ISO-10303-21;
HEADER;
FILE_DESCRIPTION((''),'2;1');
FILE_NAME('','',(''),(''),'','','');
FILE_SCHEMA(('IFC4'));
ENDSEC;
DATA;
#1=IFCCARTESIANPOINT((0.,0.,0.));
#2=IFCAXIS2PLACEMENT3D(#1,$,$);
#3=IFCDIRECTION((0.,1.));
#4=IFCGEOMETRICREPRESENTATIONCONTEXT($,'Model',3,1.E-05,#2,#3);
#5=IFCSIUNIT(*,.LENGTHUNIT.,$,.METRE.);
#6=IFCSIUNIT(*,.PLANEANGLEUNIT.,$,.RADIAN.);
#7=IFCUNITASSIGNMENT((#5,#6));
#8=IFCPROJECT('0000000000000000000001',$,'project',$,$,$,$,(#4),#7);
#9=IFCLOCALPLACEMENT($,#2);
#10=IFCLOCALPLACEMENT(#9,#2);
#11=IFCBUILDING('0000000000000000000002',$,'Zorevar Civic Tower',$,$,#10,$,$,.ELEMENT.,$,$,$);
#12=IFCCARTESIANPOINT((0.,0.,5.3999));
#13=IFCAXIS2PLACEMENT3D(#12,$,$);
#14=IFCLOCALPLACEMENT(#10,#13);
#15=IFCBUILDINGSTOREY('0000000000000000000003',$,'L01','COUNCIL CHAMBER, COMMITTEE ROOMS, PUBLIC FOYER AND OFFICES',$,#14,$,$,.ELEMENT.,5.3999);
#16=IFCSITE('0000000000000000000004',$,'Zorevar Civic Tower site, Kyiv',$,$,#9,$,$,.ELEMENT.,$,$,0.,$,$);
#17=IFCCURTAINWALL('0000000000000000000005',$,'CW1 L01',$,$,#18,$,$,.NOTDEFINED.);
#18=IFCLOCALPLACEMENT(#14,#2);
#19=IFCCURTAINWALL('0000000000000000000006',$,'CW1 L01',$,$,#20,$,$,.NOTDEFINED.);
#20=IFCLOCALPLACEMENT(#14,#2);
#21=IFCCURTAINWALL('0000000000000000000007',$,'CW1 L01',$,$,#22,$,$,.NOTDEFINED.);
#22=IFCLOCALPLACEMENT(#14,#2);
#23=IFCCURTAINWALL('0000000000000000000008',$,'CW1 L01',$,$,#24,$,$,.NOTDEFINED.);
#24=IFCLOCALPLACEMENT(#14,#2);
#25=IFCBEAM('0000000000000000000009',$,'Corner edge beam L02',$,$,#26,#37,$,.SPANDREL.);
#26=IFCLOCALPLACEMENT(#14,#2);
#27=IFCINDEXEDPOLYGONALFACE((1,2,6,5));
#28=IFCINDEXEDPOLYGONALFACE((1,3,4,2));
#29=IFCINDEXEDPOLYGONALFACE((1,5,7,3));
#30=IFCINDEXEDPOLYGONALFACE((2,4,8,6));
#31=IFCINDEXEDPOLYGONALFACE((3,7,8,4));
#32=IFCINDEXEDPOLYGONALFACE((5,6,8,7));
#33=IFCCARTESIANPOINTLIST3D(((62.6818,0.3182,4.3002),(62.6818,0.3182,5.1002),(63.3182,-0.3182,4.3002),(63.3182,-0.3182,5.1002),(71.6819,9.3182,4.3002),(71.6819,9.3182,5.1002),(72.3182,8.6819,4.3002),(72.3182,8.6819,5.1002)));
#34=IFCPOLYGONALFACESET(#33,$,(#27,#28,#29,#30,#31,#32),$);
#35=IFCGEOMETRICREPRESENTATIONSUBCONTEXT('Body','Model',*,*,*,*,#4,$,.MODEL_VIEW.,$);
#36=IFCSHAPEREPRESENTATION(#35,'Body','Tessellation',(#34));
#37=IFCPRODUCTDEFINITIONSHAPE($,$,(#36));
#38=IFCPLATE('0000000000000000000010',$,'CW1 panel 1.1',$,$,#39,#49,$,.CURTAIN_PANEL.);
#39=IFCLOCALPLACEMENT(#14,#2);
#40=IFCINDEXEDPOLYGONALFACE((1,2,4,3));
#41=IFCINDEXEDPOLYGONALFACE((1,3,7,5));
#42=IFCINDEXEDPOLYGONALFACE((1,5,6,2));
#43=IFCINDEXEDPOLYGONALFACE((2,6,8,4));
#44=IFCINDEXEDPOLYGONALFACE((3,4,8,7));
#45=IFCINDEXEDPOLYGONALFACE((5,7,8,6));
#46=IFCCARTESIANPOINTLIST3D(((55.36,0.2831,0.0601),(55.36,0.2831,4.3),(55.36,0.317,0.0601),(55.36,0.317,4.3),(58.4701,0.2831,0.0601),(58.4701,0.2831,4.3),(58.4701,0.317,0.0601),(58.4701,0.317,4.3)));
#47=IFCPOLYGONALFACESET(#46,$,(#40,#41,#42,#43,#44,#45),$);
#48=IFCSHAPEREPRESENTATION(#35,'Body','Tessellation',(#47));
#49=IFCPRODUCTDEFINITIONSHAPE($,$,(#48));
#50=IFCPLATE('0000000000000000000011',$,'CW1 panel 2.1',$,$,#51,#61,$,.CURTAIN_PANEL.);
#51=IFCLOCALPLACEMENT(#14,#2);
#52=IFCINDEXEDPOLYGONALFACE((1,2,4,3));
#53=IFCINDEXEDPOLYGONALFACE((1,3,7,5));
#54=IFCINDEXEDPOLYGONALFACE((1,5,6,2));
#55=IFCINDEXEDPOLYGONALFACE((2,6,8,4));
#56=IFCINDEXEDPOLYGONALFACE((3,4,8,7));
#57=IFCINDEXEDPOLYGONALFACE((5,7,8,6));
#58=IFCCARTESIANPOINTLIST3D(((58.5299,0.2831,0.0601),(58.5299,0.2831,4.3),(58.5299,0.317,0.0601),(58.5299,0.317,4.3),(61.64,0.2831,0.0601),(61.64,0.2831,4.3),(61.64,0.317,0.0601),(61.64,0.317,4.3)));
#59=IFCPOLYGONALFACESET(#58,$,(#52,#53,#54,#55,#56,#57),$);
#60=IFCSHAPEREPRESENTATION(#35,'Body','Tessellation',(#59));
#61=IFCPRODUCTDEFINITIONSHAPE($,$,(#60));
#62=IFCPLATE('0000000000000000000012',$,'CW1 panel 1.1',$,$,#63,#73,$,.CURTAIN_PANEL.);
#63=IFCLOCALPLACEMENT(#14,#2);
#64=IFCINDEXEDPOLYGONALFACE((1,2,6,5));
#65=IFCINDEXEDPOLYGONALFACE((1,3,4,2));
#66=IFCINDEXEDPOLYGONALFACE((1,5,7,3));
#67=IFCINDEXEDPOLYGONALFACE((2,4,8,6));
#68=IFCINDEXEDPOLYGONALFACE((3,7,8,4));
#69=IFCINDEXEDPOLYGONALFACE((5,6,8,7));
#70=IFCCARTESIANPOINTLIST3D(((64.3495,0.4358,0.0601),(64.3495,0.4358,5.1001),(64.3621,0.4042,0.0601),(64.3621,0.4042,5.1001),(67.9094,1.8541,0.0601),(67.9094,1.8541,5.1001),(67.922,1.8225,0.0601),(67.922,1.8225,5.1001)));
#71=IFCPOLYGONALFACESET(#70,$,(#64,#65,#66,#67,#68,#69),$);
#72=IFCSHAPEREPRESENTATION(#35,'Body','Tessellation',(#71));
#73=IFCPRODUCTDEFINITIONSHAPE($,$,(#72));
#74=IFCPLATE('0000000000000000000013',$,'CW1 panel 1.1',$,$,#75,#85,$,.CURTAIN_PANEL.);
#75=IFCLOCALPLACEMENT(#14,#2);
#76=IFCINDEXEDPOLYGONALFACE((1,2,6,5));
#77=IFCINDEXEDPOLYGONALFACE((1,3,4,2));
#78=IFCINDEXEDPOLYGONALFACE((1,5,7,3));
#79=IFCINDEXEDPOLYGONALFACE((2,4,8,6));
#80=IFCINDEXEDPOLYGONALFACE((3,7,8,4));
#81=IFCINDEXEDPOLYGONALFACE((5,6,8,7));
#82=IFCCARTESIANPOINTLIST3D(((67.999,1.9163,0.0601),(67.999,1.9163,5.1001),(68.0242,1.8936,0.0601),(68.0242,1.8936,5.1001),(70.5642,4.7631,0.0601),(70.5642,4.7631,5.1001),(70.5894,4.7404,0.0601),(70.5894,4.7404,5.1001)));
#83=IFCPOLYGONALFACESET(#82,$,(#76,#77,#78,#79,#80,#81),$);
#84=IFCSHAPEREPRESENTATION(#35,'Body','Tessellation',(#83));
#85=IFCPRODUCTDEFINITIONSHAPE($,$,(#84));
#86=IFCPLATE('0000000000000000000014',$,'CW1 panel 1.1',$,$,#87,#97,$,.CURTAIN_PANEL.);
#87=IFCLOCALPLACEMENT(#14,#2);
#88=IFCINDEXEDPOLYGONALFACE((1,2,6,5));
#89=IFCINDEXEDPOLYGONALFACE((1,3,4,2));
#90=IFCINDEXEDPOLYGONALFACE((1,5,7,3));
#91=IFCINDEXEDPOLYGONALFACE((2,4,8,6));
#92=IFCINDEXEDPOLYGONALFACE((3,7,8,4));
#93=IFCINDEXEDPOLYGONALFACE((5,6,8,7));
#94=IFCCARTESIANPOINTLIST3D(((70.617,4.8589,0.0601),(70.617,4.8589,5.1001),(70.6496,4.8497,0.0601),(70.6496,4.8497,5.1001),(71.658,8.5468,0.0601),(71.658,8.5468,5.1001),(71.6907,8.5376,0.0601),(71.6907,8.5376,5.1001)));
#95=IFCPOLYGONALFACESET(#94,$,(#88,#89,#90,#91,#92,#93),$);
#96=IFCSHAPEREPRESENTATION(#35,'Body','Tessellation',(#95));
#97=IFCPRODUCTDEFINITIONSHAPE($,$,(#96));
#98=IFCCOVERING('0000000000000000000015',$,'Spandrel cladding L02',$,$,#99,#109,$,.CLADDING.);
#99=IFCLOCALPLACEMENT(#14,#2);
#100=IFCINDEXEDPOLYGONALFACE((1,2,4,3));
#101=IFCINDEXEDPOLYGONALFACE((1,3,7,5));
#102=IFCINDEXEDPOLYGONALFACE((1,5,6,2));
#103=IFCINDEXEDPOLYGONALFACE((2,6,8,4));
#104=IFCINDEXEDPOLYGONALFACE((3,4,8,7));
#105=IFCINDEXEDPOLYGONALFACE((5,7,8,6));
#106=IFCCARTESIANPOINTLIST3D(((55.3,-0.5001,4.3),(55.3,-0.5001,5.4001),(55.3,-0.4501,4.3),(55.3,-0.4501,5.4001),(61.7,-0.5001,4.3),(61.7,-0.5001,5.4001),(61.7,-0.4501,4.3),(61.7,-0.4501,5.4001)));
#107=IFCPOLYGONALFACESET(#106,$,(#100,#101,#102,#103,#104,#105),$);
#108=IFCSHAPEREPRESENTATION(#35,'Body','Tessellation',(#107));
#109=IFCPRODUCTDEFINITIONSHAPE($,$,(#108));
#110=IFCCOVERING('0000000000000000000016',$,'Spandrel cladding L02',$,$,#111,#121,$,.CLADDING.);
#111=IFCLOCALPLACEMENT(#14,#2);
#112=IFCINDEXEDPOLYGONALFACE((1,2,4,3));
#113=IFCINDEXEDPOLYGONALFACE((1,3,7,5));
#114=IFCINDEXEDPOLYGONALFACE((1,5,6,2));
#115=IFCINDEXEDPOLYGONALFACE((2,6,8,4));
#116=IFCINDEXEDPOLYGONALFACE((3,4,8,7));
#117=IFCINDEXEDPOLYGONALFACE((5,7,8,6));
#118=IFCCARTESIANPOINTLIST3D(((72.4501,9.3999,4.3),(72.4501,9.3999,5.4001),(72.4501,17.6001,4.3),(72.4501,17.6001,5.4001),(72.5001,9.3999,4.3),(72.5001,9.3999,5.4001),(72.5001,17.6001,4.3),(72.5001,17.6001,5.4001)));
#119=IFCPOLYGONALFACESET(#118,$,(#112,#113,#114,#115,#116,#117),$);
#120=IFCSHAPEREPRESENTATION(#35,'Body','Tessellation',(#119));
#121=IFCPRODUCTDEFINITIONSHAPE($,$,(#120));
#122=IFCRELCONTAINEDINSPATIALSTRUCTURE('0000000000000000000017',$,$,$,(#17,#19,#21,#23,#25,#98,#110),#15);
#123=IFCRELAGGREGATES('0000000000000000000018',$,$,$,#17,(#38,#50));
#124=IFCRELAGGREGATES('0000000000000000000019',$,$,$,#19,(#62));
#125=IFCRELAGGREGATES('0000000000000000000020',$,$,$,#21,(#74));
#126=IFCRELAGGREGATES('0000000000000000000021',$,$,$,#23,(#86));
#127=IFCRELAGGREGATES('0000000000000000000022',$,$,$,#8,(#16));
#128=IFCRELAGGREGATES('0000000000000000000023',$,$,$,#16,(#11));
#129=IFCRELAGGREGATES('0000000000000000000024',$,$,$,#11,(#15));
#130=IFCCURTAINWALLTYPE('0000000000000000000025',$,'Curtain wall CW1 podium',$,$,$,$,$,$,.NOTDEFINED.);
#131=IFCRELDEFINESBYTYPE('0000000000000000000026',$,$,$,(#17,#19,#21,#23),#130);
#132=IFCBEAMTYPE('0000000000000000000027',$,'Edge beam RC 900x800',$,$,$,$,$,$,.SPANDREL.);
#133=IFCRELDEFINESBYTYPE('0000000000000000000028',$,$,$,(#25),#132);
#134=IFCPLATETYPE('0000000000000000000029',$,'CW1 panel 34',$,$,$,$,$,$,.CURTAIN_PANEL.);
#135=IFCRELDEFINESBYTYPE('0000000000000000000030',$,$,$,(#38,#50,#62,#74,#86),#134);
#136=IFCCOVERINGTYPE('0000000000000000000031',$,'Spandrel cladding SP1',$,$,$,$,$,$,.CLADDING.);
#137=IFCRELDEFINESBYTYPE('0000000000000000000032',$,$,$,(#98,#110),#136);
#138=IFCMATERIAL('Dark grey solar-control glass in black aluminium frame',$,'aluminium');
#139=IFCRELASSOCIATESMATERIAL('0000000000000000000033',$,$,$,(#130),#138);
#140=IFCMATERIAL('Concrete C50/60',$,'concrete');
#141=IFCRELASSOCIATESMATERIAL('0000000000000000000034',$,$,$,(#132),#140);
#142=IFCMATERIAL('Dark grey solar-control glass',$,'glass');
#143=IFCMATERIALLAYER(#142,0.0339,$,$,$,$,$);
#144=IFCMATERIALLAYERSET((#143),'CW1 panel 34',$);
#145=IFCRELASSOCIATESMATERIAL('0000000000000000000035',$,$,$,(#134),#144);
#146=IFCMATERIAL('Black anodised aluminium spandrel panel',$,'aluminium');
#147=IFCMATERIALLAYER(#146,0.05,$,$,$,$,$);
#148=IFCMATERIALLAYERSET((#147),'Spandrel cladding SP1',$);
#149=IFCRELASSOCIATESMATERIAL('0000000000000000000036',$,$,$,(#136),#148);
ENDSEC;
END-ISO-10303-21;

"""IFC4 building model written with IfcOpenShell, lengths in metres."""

from ifc_helpers import new_model, si_unit, direction, frame, frame_2d, origin, origin_2d, place, context, subcontext, project, spatial, rectangle, extrude, material, layer, layer_set, material_profile, profile_set, type_object, element, aggregate, save


model = new_model("IFC4")

# Units and contexts
model_context = context("Model", 3, precision=1e-05, world=origin(), true_north=direction((0.0, 1.0)))
body_context = subcontext(model_context, "Body", "Model", "MODEL_VIEW")
ifc_project = project(units=[si_unit("LENGTHUNIT", "METRE"), si_unit("PLANEANGLEUNIT", "RADIAN")], contexts=[model_context])

# Site, building, storey
site_placement = place(None, origin())
site = spatial("IfcSite", under=ifc_project, at=site_placement, Name="Zorevar Civic Tower site, Kyiv", CompositionType="ELEMENT", RefElevation=0.0)
building_placement = place(site_placement, origin())
building = spatial("IfcBuilding", under=site, at=building_placement, Name="Zorevar Civic Tower", CompositionType="ELEMENT")
storey_placement = place(building_placement, frame((0.0, 0.0, 5.3999)))
storey = spatial("IfcBuildingStorey", under=building, at=storey_placement, Name="L01", Description="COUNCIL CHAMBER, COMMITTEE ROOMS, PUBLIC FOYER AND OFFICES", CompositionType="ELEMENT", Elevation=5.3999)

# Curtain wall
ifc_material_1 = material(Name="Dark grey solar-control glass in black aluminium frame", Category="aluminium")
curtain_wall_type = type_object("IfcCurtainWallType", Name="Curtain wall CW1 podium", PredefinedType="NOTDEFINED", material=ifc_material_1)
curtain_wall_1_placement = place(storey_placement, origin())
curtain_wall_1 = element("IfcCurtainWall", 1, at=curtain_wall_1_placement, inside=storey, type_object=curtain_wall_type, Name="CW1 L01", PredefinedType="NOTDEFINED")

# Curtain walls
curtain_wall_2_placement = place(storey_placement, origin())
curtain_wall_2 = element("IfcCurtainWall", 2, at=curtain_wall_2_placement, inside=storey, type_object=curtain_wall_type, Name="CW1 L01", PredefinedType="NOTDEFINED")
curtain_wall_3_placement = place(storey_placement, origin())
curtain_wall_3 = element("IfcCurtainWall", 3, at=curtain_wall_3_placement, inside=storey, type_object=curtain_wall_type, Name="CW1 L01", PredefinedType="NOTDEFINED")
curtain_wall_4_placement = place(storey_placement, origin())
curtain_wall_4 = element("IfcCurtainWall", 4, at=curtain_wall_4_placement, inside=storey, type_object=curtain_wall_type, Name="CW1 L01", PredefinedType="NOTDEFINED")

# Beam
ifc_material_2 = material(Name="Concrete C50/60", Category="concrete")
ifc_material_profile_1 = material_profile(ifc_material_2, rectangle(XDim=0.8999, YDim=0.8, at=origin_2d()), Name="RC 900x800")
ifc_profile_set_1 = profile_set([ifc_material_profile_1], Name="Concrete C50/60")
beam_type_1 = type_object("IfcBeamType", Name="Edge beam RC 900x800", PredefinedType="SPANDREL", material=ifc_profile_set_1)
beam_1_placement = place(storey_placement, frame((63.0, 0.0, 4.7002), z_axis=(0.707107, 0.707107, 0.0), x_axis=(-0.707107, 0.707107, 0.0)))
element("IfcBeam", 5, at=beam_1_placement, inside=storey, type_object=beam_type_1, Name="Corner edge beam L02", PredefinedType="SPANDREL", context=body_context, shape_type="SweptSolid", body=[
    extrude(rectangle(XDim=0.8999, YDim=0.8, at=origin_2d()), origin(), (0.0, 0.0, 1.0), 12.728),
])

# Plates
ifc_material_3 = material(Name="Dark grey solar-control glass", Category="glass")
ifc_layer_1 = layer(ifc_material_3, 0.0339)
ifc_layer_set_1 = layer_set([ifc_layer_1], Name="CW1 panel 34")
plate_type = type_object("IfcPlateType", Name="CW1 panel 34", PredefinedType="CURTAIN_PANEL", material=ifc_layer_set_1)
plate_1_placement = place(storey_placement, frame((56.915, 0.3, 0.0601), z_axis=(0.0, 0.0, 1.0), x_axis=(1.0, 0.0, 0.0)))
plate_1 = element("IfcPlate", 6, at=plate_1_placement, type_object=plate_type, Name="CW1 panel 1.1", PredefinedType="CURTAIN_PANEL", context=body_context, shape_type="SweptSolid", body=[
    extrude(rectangle(XDim=3.1101, YDim=0.0339, at=origin_2d()), origin(), (0.0, 0.0, 1.0), 4.24),
])
plate_2_placement = place(storey_placement, frame((60.085, 0.3, 0.0601), z_axis=(0.0, 0.0, 1.0), x_axis=(1.0, 0.0, 0.0)))
plate_2 = element("IfcPlate", 7, at=plate_2_placement, type_object=plate_type, Name="CW1 panel 2.1", PredefinedType="CURTAIN_PANEL", context=body_context, shape_type="SweptSolid", body=[
    extrude(rectangle(XDim=3.1101, YDim=0.0339, at=origin_2d()), origin(), (0.0, 0.0, 1.0), 4.24),
])
aggregate(curtain_wall_1, [plate_1, plate_2])
plate_3_placement = place(storey_placement, frame((66.1357, 1.1292, 0.0601), z_axis=(0.0, 0.0, 1.0), x_axis=(0.928988, 0.370111, 0.0)))
plate_3 = element("IfcPlate", 8, at=plate_3_placement, type_object=plate_type, Name="CW1 panel 1.1", PredefinedType="CURTAIN_PANEL", context=body_context, shape_type="SweptSolid", body=[
    extrude(rectangle(XDim=3.832, YDim=0.0339, at=origin_2d()), origin(), (0.0, 0.0, 1.0), 5.04),
])
aggregate(curtain_wall_2, [plate_3])
plate_4_placement = place(storey_placement, frame((69.2942, 3.3284, 0.0601), z_axis=(0.0, 0.0, 1.0), x_axis=(0.669403, 0.7429, 0.0)))
plate_4 = element("IfcPlate", 9, at=plate_4_placement, type_object=plate_type, Name="CW1 panel 1.1", PredefinedType="CURTAIN_PANEL", context=body_context, shape_type="SweptSolid", body=[
    extrude(rectangle(XDim=3.832, YDim=0.0339, at=origin_2d()), origin(), (0.0, 0.0, 1.0), 5.04),
])
aggregate(curtain_wall_3, [plate_4])
plate_5_placement = place(storey_placement, frame((71.1538, 6.6982, 0.0601), z_axis=(0.0, 0.0, 1.0), x_axis=(0.271669, 0.962391, 0.0)))
plate_5 = element("IfcPlate", 10, at=plate_5_placement, type_object=plate_type, Name="CW1 panel 1.1", PredefinedType="CURTAIN_PANEL", context=body_context, shape_type="SweptSolid", body=[
    extrude(rectangle(XDim=3.832, YDim=0.0339, at=origin_2d()), origin(), (0.0, 0.0, 1.0), 5.04),
])
aggregate(curtain_wall_4, [plate_5])

# Coverings
ifc_material_4 = material(Name="Black anodised aluminium spandrel panel", Category="aluminium")
ifc_layer_2 = layer(ifc_material_4, 0.05)
ifc_layer_set_2 = layer_set([ifc_layer_2], Name="Spandrel cladding SP1")
covering_type = type_object("IfcCoveringType", Name="Spandrel cladding SP1", PredefinedType="CLADDING", material=ifc_layer_set_2)
covering_1_placement = place(storey_placement, frame((55.3, -0.4751, 4.3), z_axis=(0.0, 0.0, 1.0), x_axis=(1.0, 0.0, 0.0)))
element("IfcCovering", 11, at=covering_1_placement, inside=storey, type_object=covering_type, Name="Spandrel cladding L02", PredefinedType="CLADDING", context=body_context, shape_type="SweptSolid", body=[
    extrude(rectangle(XDim=6.3999, YDim=0.05, at=frame_2d((3.2, 0.0))), origin(), (0.0, 0.0, 1.0), 1.1001),
])
covering_2_placement = place(storey_placement, frame((72.4751, 9.3999, 4.3), z_axis=(0.0, 0.0, 1.0), x_axis=(0.0, 1.0, 0.0)))
element("IfcCovering", 12, at=covering_2_placement, inside=storey, type_object=covering_type, Name="Spandrel cladding L02", PredefinedType="CLADDING", context=body_context, shape_type="SweptSolid", body=[
    extrude(rectangle(XDim=8.2002, YDim=0.05, at=frame_2d((4.1001, 0.0))), origin(), (0.0, 0.0, 1.0), 1.1001),
])

save(model, "model.ifc")
